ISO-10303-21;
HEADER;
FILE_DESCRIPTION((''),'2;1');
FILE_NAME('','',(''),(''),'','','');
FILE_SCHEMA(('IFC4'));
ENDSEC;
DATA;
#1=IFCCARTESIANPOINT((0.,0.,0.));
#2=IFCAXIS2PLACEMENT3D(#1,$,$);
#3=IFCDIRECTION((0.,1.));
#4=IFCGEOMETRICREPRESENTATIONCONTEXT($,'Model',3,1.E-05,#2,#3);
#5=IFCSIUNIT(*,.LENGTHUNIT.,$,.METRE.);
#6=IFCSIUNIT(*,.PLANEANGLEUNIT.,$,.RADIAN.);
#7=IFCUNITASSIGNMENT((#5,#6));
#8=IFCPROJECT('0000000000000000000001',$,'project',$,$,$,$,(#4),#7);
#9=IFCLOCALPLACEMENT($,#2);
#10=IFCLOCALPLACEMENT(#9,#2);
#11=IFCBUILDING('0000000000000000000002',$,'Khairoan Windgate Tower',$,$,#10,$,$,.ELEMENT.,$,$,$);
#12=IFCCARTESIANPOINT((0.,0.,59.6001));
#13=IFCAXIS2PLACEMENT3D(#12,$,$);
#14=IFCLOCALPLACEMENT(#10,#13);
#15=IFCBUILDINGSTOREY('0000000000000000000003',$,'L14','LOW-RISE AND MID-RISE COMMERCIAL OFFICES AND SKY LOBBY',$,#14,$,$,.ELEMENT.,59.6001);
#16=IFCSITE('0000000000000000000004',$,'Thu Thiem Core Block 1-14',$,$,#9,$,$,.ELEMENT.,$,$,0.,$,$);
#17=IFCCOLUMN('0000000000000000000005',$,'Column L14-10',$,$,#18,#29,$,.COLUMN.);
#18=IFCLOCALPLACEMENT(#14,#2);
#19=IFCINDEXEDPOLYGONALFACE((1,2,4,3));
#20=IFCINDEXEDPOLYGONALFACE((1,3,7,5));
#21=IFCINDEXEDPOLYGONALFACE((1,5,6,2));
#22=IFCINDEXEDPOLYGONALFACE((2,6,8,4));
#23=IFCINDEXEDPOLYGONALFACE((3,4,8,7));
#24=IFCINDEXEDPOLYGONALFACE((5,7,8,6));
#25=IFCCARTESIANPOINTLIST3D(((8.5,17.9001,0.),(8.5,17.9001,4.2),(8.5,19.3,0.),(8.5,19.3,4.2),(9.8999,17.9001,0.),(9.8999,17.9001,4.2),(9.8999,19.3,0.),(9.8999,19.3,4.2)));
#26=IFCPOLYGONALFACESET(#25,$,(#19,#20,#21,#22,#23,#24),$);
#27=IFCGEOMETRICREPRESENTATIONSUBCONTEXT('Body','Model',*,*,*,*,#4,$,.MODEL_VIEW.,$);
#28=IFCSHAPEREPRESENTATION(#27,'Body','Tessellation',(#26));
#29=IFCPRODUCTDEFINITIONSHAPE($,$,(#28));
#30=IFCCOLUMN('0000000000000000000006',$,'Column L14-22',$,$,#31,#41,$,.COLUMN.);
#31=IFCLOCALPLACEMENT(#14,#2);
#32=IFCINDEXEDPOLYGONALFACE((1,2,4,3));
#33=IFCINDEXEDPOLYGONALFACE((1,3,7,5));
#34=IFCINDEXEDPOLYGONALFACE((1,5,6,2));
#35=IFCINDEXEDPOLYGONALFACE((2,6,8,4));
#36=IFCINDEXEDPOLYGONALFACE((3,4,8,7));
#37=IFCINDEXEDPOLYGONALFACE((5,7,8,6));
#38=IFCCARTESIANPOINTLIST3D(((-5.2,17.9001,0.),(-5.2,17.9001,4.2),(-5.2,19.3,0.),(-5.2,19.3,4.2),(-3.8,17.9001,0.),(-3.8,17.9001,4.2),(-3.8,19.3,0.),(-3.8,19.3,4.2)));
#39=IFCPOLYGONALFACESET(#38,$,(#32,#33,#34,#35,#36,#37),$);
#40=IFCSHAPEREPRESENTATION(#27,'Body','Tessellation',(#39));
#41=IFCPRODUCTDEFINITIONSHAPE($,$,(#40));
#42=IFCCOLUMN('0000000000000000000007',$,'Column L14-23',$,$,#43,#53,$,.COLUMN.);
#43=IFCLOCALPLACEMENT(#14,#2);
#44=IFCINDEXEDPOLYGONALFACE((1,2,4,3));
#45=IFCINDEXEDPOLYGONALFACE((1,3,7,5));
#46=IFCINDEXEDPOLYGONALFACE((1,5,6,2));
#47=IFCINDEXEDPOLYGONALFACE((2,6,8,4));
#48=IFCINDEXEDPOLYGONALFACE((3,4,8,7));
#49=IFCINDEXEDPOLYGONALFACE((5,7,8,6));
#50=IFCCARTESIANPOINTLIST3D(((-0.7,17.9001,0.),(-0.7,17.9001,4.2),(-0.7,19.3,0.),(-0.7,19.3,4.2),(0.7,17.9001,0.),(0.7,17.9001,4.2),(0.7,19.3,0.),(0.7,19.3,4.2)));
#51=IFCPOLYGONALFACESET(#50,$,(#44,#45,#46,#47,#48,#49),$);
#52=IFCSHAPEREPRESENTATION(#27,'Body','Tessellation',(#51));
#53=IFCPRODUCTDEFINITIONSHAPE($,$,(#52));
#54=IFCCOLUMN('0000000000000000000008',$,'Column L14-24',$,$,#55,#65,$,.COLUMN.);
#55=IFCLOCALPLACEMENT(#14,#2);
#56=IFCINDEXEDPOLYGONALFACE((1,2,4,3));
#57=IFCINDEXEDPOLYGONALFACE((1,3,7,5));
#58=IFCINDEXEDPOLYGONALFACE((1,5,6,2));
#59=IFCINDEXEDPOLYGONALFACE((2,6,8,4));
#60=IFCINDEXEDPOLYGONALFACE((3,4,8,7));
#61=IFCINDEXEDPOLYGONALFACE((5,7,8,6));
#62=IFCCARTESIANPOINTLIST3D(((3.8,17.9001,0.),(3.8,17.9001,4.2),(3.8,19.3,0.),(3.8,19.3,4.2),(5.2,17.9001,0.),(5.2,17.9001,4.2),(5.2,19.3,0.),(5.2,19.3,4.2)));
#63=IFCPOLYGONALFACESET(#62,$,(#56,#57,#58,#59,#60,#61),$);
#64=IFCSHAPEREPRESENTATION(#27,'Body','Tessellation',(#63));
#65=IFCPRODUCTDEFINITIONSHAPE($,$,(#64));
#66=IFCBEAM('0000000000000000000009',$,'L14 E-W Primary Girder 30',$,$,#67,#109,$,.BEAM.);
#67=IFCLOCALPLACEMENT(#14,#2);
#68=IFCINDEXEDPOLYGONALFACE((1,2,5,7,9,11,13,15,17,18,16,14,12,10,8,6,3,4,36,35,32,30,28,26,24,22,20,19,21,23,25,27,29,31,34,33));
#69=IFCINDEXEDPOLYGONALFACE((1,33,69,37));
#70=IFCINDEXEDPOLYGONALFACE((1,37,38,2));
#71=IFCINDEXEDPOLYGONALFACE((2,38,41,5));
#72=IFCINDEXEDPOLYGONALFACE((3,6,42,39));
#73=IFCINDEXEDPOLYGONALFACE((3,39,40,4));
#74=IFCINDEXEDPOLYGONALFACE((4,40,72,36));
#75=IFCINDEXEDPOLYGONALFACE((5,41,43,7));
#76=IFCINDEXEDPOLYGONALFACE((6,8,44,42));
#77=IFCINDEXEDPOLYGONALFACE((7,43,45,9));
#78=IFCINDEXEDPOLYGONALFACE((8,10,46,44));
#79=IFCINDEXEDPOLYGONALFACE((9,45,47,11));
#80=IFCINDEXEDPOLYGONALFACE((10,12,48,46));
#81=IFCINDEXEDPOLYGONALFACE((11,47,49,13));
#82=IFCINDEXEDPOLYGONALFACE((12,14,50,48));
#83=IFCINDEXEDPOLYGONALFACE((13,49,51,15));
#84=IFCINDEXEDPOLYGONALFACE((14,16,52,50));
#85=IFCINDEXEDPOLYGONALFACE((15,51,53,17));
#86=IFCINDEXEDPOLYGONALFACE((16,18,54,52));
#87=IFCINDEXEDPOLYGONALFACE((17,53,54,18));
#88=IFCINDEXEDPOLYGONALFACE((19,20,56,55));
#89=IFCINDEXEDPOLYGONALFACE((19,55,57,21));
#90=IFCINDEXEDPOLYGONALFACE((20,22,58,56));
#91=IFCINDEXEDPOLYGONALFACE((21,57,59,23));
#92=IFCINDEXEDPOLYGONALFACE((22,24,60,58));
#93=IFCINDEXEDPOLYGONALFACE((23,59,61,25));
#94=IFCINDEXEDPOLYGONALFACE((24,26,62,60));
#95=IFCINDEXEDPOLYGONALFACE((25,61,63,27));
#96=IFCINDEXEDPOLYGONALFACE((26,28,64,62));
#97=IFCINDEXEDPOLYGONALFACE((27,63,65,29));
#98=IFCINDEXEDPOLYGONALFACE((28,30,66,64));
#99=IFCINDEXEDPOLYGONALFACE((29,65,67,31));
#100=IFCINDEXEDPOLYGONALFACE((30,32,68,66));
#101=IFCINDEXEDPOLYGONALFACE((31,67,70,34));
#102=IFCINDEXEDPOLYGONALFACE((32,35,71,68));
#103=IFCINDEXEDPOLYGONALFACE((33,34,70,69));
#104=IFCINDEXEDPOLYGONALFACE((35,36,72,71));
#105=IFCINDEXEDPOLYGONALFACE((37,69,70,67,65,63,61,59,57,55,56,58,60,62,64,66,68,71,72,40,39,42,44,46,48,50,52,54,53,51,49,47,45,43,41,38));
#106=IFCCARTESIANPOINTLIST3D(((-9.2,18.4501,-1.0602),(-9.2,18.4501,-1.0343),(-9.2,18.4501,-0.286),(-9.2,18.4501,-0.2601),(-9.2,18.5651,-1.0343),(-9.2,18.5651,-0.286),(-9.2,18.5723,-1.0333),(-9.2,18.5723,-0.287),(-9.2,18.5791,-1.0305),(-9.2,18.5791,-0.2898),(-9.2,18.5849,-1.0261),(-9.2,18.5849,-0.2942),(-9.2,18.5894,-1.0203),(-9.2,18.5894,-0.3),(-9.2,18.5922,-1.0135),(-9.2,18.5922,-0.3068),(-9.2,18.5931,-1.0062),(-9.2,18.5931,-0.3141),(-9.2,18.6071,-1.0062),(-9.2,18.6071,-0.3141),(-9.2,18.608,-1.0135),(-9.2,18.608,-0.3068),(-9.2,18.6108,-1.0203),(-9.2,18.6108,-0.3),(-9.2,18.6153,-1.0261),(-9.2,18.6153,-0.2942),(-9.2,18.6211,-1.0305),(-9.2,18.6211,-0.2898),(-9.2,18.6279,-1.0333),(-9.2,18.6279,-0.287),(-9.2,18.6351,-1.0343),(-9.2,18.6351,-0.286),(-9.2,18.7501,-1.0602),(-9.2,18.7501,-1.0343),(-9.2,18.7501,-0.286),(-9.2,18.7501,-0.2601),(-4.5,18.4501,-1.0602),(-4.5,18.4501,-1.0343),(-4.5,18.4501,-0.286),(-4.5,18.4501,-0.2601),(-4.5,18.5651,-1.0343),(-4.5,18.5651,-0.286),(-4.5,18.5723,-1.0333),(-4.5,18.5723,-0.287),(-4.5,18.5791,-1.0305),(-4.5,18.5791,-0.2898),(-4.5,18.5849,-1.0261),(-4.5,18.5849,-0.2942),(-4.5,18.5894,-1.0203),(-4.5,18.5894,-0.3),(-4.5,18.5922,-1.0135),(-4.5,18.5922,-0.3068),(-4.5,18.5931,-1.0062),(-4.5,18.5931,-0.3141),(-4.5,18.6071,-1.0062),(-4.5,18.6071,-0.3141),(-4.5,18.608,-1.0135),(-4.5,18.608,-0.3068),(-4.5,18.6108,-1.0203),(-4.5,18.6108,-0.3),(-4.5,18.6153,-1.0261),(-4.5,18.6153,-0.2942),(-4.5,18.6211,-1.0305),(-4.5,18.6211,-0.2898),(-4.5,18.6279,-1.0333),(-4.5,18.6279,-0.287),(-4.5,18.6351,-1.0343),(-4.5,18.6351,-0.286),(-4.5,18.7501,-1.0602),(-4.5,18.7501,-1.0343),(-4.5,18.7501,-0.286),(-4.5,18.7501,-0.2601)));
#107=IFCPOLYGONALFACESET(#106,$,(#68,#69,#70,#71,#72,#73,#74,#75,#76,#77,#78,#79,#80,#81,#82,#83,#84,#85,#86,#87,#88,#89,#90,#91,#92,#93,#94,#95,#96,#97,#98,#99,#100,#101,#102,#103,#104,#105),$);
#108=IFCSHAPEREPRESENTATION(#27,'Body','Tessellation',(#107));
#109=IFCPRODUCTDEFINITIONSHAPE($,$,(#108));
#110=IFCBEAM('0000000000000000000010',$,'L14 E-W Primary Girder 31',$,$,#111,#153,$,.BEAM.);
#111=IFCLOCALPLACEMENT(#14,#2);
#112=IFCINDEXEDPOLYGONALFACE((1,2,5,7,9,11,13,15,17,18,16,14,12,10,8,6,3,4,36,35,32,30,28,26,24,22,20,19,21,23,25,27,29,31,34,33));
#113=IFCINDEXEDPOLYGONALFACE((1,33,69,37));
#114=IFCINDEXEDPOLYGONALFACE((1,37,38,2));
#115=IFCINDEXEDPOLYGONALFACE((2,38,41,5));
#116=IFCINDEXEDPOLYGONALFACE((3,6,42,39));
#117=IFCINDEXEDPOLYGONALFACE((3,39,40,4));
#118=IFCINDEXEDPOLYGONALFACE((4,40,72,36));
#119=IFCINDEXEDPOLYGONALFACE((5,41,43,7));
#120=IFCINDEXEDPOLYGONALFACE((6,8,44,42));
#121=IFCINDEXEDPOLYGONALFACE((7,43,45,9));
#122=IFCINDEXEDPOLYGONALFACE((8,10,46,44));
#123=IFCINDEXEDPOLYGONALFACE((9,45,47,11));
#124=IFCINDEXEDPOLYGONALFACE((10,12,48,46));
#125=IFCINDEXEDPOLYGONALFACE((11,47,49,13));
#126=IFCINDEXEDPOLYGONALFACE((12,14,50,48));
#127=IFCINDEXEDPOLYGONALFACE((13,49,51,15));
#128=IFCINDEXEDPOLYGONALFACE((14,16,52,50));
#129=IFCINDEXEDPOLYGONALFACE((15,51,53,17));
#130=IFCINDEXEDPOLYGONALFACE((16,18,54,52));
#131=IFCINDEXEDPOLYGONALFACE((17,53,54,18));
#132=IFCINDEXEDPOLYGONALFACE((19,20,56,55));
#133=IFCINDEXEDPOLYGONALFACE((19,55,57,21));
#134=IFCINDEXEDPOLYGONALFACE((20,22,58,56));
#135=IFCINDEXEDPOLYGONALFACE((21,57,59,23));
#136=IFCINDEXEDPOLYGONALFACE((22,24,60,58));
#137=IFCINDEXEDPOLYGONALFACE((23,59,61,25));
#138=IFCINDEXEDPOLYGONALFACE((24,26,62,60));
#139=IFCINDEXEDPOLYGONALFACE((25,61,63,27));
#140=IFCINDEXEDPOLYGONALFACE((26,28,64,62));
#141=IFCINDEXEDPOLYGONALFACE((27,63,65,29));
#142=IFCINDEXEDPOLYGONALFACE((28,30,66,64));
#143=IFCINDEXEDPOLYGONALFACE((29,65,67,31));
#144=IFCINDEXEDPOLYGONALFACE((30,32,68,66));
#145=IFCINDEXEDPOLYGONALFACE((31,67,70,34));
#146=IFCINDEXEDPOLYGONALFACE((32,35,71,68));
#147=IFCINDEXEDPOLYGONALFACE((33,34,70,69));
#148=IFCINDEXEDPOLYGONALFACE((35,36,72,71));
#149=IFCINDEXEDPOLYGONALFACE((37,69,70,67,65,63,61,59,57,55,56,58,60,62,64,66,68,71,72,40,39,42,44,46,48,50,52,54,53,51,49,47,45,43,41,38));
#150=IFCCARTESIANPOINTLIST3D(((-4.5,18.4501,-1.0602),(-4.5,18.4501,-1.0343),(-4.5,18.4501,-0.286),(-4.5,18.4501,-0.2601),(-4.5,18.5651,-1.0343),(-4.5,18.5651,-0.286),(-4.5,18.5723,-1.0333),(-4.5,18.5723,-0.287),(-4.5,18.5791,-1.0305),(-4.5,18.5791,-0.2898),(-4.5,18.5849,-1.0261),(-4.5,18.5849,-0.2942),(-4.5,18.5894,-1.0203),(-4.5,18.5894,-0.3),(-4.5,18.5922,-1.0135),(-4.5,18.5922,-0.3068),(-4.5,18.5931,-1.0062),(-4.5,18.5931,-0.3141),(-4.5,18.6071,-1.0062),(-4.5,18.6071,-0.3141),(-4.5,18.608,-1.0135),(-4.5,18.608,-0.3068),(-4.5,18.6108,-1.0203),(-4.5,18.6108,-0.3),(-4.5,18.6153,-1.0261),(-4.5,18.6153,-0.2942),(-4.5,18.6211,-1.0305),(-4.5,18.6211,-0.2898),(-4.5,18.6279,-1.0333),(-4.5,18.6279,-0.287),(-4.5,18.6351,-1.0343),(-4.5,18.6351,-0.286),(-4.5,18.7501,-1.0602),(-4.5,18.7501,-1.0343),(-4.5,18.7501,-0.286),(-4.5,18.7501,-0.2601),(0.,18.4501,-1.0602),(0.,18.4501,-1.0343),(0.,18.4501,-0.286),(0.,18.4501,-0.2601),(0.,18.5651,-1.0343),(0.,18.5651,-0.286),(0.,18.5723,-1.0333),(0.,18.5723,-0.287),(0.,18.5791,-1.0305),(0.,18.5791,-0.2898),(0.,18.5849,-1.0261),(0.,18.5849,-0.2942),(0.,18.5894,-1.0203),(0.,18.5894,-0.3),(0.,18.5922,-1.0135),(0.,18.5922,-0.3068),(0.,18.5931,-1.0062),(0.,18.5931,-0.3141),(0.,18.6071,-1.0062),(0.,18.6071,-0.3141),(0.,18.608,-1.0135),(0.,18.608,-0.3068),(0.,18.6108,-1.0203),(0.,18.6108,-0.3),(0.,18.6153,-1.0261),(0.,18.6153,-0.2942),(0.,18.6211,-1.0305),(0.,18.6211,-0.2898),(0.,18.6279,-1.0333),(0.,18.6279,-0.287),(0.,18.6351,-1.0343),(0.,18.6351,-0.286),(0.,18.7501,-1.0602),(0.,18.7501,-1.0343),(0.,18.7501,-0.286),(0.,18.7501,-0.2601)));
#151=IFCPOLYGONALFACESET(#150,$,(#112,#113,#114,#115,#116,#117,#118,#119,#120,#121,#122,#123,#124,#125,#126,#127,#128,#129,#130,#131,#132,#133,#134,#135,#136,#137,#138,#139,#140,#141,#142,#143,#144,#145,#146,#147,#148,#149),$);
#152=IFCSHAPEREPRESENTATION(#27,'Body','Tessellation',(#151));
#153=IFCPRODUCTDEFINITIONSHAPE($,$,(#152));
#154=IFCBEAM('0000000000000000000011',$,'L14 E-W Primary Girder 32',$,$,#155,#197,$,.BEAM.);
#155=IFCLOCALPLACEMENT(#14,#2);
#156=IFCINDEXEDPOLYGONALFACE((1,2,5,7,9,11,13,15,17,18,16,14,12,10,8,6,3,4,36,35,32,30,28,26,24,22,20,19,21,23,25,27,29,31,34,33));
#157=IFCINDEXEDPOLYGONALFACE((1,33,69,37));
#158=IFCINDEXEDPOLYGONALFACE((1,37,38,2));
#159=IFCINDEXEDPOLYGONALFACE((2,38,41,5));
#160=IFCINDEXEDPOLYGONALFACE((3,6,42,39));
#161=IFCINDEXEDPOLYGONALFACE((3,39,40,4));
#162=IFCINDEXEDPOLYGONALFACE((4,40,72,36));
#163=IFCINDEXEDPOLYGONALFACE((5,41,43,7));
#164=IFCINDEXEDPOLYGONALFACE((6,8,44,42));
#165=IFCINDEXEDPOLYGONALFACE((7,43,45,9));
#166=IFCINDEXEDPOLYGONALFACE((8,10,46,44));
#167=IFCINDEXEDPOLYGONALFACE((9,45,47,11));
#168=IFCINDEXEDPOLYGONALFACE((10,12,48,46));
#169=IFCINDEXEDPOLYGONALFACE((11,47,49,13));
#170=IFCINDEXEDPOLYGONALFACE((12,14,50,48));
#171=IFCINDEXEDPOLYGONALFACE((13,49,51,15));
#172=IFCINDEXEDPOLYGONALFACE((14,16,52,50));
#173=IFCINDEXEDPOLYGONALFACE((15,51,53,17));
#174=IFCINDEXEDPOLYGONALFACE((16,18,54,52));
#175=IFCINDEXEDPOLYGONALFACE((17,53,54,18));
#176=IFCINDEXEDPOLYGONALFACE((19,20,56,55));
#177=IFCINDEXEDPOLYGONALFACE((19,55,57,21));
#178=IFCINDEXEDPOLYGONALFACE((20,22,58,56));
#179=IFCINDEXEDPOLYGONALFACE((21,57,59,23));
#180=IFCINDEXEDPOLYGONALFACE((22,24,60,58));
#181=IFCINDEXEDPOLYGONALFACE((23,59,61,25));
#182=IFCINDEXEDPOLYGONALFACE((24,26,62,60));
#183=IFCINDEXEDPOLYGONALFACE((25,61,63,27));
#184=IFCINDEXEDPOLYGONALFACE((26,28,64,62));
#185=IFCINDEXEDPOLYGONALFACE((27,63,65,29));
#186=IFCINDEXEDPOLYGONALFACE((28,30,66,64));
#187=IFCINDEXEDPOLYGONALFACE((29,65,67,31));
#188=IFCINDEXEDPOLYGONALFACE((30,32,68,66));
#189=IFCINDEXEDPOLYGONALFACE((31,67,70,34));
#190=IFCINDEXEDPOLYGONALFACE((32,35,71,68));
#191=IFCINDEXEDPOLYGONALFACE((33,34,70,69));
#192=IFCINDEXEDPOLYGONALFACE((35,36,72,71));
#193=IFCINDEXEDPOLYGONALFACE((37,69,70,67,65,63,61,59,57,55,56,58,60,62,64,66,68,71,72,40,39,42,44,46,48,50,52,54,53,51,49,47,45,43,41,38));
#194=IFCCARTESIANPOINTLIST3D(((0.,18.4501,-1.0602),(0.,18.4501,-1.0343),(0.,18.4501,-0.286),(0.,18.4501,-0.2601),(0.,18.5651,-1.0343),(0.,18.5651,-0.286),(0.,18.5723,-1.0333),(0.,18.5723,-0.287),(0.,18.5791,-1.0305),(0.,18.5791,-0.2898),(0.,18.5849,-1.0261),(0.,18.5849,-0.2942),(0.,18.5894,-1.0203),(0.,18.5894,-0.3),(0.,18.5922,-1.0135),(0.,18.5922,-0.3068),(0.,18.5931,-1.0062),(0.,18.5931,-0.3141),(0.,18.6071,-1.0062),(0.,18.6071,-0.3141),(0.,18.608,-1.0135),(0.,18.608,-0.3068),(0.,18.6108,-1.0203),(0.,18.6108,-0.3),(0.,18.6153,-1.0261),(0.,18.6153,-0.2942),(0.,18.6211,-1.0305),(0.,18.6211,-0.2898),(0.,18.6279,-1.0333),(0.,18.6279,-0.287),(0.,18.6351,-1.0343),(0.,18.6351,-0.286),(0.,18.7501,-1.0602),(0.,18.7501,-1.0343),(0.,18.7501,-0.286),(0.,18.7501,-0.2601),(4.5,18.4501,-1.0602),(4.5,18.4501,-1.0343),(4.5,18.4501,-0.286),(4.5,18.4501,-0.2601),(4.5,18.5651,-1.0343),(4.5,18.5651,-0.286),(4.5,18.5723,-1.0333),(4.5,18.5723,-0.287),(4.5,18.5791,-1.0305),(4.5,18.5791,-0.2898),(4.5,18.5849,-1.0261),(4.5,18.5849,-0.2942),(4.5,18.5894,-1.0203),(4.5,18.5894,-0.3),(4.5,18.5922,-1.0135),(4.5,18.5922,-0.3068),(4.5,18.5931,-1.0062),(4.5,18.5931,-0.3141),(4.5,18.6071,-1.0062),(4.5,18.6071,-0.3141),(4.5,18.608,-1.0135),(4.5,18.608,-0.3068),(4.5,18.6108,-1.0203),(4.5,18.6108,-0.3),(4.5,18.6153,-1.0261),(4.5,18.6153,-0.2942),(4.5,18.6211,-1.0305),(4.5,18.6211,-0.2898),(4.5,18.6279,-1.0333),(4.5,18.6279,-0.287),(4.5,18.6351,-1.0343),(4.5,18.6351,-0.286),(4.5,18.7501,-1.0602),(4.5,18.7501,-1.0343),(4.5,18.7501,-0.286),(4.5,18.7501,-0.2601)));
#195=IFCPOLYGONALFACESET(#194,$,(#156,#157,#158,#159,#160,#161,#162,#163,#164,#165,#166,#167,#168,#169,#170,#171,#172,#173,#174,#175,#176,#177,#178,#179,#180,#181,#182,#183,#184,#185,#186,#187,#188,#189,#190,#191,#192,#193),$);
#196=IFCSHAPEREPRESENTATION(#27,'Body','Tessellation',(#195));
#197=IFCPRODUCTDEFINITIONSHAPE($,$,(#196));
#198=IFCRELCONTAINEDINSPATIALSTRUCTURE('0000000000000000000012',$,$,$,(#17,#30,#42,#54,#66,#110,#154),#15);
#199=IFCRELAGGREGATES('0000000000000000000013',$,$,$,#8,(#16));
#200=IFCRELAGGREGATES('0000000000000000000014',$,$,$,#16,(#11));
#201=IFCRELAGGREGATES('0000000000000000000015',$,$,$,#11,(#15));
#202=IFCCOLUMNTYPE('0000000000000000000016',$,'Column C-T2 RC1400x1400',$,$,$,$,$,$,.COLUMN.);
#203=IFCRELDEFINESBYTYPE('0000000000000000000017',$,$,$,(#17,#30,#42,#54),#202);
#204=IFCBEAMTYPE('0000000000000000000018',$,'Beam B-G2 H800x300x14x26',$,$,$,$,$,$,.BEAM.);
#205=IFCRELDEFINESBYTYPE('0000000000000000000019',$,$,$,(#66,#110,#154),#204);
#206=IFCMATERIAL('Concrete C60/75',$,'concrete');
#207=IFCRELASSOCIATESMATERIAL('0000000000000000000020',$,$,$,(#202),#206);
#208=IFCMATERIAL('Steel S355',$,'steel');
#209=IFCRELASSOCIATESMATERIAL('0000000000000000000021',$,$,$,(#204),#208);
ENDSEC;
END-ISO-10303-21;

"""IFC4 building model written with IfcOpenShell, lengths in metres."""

from ifc_helpers import new_model, si_unit, direction, frame, origin, origin_2d, place, context, subcontext, project, spatial, rectangle, i_section, extrude, material, material_profile, profile_set, type_object, element, save


model = new_model("IFC4")

# Units and contexts
model_context = context("Model", 3, precision=1e-05, world=origin(), true_north=direction((0.0, 1.0)))
body_context = subcontext(model_context, "Body", "Model", "MODEL_VIEW")
ifc_project = project(units=[si_unit("LENGTHUNIT", "METRE"), si_unit("PLANEANGLEUNIT", "RADIAN")], contexts=[model_context])

# Site, building, storey
site_placement = place(None, origin())
site = spatial("IfcSite", under=ifc_project, at=site_placement, Name="Thu Thiem Core Block 1-14", CompositionType="ELEMENT", RefElevation=0.0)
building_placement = place(site_placement, origin())
building = spatial("IfcBuilding", under=site, at=building_placement, Name="Khairoan Windgate Tower", CompositionType="ELEMENT")
storey_placement = place(building_placement, frame((0.0, 0.0, 59.6001)))
storey = spatial("IfcBuildingStorey", under=building, at=storey_placement, Name="L14", Description="LOW-RISE AND MID-RISE COMMERCIAL OFFICES AND SKY LOBBY", CompositionType="ELEMENT", Elevation=59.6001)

# Columns
ifc_material_1 = material(Name="Concrete C60/75", Category="concrete")
ifc_material_profile_1 = material_profile(ifc_material_1, rectangle(XDim=1.3999, YDim=1.3999, at=origin_2d()))
ifc_profile_set_1 = profile_set([ifc_material_profile_1], Name="Concrete C60/75")
column_type = type_object("IfcColumnType", Name="Column C-T2 RC1400x1400", PredefinedType="COLUMN", material=ifc_profile_set_1)
for number, where, z_axis, x_axis, name in (
    (1, (9.2, 18.6001, 0.0), (0.0, 0.0, 1.0), (1.0, 0.0, 0.0), "Column L14-10"),
    (2, (-4.5, 18.6001, 0.0), (0.0, 0.0, 1.0), (1.0, 0.0, 0.0), "Column L14-22"),
    (3, (0.0, 18.6001, 0.0), (0.0, 0.0, 1.0), (1.0, 0.0, 0.0), "Column L14-23"),
    (4, (4.5, 18.6001, 0.0), (0.0, 0.0, 1.0), (1.0, 0.0, 0.0), "Column L14-24"),
):
    element("IfcColumn", number, at=place(storey_placement, frame(where, z_axis=z_axis, x_axis=x_axis)), inside=storey, type_object=column_type, Name=name, PredefinedType="COLUMN", context=body_context, shape_type="SweptSolid", body=[
        extrude(rectangle(XDim=1.3999, YDim=1.3999, at=origin_2d()), origin(), (0.0, 0.0, 1.0), 4.2),
    ])

# Beams
ifc_material_2 = material(Name="Steel S355", Category="steel")
ifc_material_profile_2 = material_profile(ifc_material_2, i_section(OverallWidth=0.3, OverallDepth=0.8, WebThickness=0.0139, FlangeThickness=0.0259, FilletRadius=0.0281, at=origin_2d()))
ifc_profile_set_2 = profile_set([ifc_material_profile_2], Name="Steel S355")
beam_type = type_object("IfcBeamType", Name="Beam B-G2 H800x300x14x26", PredefinedType="BEAM", material=ifc_profile_set_2)
beam_1_placement = place(storey_placement, frame((-9.2, 18.6001, -0.6602), z_axis=(1.0, 0.0, 0.0), x_axis=(0.0, 1.0, 0.0)))
element("IfcBeam", 5, at=beam_1_placement, inside=storey, type_object=beam_type, Name="L14 E-W Primary Girder 30", PredefinedType="BEAM", context=body_context, shape_type="SweptSolid", body=[
    extrude(i_section(OverallWidth=0.3, OverallDepth=0.8, WebThickness=0.0139, FlangeThickness=0.0259, FilletRadius=0.0281, at=origin_2d()), origin(), (0.0, 0.0, 1.0), 4.7),
])
for number, where, z_axis, x_axis, name in (
    (6, (-4.5, 18.6001, -0.6602), (1.0, 0.0, 0.0), (0.0, 1.0, 0.0), "L14 E-W Primary Girder 31"),
    (7, (0.0, 18.6001, -0.6602), (1.0, 0.0, 0.0), (0.0, 1.0, 0.0), "L14 E-W Primary Girder 32"),
):
    element("IfcBeam", number, at=place(storey_placement, frame(where, z_axis=z_axis, x_axis=x_axis)), inside=storey, type_object=beam_type, Name=name, PredefinedType="BEAM", context=body_context, shape_type="SweptSolid", body=[
        extrude(i_section(OverallWidth=0.3, OverallDepth=0.8, WebThickness=0.0139, FlangeThickness=0.0259, FilletRadius=0.0281, at=origin_2d()), origin(), (0.0, 0.0, 1.0), 4.5),
    ])

save(model, "model.ifc")
